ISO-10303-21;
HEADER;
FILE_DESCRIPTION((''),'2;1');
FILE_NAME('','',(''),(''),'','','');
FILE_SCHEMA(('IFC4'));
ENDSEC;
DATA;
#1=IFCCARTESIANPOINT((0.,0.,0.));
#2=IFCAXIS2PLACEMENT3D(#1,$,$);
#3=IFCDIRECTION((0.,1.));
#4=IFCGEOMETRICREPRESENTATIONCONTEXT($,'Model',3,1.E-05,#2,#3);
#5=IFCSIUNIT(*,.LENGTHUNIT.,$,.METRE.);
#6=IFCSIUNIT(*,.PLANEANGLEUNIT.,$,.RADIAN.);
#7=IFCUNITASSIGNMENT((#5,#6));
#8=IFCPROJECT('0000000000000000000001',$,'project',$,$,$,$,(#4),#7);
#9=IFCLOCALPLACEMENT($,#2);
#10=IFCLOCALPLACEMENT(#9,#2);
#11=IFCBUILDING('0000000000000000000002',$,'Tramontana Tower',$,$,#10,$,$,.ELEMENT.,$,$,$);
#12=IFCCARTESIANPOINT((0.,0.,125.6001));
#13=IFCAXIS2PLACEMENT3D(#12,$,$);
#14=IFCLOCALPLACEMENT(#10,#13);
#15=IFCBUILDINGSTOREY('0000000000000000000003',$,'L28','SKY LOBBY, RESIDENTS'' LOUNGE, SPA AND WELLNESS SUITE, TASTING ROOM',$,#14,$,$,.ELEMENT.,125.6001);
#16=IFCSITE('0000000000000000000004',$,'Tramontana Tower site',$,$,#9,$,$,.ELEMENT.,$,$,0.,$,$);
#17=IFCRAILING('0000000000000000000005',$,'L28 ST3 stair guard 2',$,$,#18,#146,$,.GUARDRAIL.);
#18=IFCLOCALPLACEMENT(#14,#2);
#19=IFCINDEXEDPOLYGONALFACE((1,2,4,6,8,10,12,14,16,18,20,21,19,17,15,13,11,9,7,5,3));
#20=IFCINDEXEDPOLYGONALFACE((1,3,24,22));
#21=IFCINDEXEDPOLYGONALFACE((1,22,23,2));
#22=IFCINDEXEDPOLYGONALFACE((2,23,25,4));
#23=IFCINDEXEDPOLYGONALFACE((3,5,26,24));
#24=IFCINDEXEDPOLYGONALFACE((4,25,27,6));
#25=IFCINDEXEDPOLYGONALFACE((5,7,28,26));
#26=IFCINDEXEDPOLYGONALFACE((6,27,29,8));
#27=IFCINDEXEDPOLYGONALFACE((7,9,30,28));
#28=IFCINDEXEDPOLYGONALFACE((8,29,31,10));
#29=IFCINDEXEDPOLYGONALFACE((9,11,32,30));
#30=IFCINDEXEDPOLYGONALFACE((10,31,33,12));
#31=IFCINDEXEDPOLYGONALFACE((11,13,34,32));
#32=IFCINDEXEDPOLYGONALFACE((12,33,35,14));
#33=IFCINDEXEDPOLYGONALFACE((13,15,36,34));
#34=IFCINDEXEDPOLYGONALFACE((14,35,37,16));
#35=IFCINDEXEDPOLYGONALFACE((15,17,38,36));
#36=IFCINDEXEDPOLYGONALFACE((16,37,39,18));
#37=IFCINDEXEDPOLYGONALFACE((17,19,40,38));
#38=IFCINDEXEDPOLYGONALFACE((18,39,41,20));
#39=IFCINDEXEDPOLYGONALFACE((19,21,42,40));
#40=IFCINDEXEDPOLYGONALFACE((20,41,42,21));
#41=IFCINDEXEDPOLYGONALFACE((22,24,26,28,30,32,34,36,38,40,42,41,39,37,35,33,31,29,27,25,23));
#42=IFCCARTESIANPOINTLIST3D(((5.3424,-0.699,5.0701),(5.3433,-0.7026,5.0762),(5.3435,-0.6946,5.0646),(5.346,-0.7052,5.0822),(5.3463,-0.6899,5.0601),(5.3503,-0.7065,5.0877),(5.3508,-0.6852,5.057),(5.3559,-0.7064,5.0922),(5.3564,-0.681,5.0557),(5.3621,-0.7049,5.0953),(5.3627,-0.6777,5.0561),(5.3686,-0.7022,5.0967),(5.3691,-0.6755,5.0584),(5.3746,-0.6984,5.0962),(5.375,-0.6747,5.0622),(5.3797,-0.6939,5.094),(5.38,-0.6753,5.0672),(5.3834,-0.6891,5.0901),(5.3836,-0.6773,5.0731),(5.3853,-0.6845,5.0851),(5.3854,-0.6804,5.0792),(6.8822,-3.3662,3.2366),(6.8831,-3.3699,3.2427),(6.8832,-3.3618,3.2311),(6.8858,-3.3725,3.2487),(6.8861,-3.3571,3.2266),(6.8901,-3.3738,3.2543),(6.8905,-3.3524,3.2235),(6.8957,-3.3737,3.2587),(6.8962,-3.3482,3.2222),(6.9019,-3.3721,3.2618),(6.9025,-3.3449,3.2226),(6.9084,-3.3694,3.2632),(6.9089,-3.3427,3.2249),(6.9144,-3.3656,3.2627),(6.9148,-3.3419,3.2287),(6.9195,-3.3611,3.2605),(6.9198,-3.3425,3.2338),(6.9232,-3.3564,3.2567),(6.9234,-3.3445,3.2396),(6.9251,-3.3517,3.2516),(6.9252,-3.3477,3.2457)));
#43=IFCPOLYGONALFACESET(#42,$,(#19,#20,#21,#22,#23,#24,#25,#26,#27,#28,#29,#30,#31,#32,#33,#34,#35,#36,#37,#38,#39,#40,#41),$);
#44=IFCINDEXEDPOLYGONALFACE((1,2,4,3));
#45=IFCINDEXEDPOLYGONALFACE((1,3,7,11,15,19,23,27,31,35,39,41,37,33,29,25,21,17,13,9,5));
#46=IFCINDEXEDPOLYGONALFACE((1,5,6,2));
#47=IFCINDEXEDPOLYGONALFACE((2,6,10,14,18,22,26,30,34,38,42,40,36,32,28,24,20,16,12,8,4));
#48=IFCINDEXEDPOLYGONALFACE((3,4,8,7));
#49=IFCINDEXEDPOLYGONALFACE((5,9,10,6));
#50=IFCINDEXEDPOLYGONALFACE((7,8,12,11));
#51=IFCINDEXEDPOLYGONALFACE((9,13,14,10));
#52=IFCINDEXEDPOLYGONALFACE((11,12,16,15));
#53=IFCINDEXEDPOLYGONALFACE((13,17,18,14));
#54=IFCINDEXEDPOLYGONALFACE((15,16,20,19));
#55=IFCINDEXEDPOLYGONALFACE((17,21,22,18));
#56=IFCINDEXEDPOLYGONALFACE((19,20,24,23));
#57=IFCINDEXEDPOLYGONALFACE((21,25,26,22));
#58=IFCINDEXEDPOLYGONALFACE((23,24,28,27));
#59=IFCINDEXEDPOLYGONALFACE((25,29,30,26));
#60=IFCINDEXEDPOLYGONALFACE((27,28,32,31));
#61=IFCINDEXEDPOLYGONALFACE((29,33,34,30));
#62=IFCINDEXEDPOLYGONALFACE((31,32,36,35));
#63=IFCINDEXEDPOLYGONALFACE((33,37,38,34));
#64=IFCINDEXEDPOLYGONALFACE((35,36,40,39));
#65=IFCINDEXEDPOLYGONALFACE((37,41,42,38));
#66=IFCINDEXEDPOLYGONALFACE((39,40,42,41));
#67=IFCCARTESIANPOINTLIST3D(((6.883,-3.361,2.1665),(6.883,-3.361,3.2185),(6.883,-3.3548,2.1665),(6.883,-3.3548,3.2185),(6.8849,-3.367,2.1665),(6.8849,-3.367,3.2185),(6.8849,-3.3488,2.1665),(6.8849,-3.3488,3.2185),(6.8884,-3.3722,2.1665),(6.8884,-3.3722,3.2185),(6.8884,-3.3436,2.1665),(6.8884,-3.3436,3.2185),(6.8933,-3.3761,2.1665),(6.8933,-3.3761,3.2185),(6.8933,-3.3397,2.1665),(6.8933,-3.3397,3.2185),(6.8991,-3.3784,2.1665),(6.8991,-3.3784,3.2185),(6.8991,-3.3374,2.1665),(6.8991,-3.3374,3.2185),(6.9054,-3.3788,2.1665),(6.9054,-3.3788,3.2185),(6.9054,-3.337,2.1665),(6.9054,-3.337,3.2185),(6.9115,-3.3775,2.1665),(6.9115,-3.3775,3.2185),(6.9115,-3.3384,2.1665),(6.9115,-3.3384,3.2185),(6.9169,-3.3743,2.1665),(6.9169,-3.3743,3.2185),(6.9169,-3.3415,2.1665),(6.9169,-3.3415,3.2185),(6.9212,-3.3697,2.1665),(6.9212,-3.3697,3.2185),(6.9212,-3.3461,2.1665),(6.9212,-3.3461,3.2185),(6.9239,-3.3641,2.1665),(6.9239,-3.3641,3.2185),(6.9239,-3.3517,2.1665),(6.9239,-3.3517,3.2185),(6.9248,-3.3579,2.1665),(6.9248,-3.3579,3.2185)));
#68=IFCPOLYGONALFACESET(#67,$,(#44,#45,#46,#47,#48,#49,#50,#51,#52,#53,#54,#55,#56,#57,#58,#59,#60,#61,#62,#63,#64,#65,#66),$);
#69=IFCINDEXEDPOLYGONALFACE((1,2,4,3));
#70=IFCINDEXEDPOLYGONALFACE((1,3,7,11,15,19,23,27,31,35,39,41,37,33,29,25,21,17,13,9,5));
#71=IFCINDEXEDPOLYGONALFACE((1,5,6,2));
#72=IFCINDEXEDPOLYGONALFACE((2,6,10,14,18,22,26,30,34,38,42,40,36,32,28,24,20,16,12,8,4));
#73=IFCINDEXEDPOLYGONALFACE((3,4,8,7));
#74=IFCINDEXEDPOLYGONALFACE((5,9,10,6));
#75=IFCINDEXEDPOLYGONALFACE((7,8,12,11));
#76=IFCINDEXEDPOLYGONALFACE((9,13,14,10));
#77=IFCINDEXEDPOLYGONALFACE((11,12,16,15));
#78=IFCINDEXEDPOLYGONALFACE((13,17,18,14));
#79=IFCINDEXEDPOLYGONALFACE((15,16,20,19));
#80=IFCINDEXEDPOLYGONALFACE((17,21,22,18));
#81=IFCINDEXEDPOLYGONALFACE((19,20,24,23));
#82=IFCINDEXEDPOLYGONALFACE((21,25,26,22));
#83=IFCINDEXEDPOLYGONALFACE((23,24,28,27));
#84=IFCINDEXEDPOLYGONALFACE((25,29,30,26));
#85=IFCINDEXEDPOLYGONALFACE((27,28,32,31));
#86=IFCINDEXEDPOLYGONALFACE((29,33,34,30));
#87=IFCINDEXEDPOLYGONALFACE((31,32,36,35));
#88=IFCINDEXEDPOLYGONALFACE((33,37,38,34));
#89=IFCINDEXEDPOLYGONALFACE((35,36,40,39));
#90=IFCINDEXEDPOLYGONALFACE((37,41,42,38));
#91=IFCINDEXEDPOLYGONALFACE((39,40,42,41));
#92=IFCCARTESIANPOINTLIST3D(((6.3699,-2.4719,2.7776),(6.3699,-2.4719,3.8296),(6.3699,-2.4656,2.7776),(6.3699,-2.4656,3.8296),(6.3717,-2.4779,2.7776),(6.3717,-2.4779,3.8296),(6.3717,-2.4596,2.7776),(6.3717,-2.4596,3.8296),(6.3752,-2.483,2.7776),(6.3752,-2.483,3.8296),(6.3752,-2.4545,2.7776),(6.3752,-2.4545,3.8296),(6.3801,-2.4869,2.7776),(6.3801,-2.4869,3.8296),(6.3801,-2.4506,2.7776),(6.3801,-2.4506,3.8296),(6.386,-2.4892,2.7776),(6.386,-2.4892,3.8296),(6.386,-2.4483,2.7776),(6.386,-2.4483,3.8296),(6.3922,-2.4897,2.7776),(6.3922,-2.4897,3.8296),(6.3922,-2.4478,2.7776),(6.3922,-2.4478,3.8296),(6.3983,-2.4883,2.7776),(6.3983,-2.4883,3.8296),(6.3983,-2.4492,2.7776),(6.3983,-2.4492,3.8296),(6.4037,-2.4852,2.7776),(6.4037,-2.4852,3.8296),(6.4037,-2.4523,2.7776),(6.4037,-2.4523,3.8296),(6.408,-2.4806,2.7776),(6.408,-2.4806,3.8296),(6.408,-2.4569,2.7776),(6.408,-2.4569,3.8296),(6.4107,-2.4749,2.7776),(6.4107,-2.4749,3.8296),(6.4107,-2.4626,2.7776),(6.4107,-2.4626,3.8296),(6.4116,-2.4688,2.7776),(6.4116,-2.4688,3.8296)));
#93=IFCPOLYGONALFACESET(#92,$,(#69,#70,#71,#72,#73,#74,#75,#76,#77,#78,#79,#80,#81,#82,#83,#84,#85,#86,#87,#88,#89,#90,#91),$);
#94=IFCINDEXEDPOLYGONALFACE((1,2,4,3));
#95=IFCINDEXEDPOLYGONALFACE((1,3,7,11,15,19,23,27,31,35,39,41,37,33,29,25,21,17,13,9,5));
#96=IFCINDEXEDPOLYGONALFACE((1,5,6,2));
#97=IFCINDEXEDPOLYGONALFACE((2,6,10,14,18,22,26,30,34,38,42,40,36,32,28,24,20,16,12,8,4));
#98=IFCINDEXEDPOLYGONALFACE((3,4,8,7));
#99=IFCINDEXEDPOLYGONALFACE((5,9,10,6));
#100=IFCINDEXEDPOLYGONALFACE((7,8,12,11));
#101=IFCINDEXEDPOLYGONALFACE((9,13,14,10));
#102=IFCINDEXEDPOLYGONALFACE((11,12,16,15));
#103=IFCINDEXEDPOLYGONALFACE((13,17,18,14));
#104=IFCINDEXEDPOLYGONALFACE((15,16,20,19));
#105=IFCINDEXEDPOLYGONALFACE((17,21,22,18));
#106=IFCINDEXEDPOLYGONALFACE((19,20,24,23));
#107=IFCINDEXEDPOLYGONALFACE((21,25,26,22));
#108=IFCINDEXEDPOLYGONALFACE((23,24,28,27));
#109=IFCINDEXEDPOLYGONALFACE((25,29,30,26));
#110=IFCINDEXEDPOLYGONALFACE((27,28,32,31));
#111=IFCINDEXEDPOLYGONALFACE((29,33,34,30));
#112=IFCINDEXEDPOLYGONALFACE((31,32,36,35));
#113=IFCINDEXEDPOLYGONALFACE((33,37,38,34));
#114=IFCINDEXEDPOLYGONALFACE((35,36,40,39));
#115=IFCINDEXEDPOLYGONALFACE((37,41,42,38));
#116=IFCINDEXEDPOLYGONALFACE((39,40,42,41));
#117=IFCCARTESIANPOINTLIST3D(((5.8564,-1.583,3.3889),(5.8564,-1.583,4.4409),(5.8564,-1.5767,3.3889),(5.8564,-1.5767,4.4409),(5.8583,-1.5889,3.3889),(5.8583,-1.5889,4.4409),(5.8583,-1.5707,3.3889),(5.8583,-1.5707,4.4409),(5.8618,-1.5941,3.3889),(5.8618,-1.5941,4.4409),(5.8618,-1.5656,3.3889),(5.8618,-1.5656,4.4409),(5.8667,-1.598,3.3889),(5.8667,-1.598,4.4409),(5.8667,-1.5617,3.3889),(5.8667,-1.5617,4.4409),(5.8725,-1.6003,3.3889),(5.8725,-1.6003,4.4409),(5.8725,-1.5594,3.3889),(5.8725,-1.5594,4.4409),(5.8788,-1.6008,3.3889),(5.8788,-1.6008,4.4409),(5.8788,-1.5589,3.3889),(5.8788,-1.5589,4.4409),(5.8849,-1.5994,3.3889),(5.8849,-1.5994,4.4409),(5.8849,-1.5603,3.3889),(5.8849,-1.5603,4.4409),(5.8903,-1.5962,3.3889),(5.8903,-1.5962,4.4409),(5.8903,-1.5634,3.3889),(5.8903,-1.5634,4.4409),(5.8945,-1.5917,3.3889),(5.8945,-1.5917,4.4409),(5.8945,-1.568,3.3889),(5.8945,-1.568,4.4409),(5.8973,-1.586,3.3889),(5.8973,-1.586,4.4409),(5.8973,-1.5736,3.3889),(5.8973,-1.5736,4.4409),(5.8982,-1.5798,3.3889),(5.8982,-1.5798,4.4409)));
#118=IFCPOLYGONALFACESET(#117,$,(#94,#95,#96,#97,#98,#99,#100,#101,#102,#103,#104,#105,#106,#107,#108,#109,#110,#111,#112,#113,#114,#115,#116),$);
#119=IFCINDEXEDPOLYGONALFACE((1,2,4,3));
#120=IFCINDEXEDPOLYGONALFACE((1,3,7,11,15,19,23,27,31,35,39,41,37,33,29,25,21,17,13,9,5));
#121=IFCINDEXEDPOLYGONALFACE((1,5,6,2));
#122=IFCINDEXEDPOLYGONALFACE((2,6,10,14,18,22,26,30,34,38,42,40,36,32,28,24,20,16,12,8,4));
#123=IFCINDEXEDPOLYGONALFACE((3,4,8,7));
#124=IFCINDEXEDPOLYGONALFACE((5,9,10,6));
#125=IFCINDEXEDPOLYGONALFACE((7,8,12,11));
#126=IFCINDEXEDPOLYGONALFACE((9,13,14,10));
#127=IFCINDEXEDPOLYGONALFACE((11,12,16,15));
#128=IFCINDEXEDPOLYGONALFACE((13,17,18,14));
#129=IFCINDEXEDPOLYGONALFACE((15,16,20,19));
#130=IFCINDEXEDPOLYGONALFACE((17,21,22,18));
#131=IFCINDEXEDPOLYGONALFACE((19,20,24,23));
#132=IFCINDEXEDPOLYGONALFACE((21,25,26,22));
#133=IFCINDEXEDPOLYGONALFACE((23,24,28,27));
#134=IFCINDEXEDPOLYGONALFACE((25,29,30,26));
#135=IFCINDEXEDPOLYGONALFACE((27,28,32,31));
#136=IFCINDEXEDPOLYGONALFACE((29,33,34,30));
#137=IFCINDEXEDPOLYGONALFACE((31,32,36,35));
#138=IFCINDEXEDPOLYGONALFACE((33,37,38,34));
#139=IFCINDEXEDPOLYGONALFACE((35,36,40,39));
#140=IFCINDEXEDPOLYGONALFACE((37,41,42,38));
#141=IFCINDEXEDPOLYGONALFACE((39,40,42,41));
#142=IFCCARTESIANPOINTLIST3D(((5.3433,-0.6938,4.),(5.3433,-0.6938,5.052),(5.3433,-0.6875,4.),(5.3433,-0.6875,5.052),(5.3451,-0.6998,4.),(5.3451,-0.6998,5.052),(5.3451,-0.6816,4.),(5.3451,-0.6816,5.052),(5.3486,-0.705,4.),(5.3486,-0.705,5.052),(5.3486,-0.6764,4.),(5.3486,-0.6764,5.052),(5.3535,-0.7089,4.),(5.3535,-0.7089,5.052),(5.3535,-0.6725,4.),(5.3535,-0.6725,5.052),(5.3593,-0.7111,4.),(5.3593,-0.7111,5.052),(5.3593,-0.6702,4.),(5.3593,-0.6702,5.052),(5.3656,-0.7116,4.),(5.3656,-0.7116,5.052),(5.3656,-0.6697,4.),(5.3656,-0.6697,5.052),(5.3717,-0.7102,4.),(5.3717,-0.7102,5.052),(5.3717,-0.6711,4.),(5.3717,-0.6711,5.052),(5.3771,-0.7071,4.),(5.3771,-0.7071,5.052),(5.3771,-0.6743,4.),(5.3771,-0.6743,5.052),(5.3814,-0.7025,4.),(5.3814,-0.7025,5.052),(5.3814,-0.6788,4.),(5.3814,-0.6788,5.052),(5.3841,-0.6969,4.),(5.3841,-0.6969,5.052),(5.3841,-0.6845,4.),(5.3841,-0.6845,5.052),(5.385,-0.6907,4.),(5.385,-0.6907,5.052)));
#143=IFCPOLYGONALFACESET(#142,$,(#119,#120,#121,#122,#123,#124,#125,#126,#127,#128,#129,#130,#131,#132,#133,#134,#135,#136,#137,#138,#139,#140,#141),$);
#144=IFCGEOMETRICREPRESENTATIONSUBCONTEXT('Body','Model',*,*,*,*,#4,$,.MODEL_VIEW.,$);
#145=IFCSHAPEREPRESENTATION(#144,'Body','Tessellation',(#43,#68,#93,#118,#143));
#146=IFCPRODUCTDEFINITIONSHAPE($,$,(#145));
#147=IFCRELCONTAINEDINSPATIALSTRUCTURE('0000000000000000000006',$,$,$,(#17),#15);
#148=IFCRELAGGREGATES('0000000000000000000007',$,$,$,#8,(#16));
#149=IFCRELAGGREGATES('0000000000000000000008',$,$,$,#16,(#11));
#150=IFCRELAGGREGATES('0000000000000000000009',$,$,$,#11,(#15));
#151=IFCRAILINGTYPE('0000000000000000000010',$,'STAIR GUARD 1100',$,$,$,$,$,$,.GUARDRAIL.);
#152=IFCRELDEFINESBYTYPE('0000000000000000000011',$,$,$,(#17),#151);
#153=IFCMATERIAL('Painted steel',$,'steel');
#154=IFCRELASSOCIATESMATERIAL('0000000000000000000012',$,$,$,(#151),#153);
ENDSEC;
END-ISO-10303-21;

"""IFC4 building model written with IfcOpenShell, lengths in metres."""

from ifc_helpers import new_model, si_unit, direction, frame, origin, origin_2d, place, context, subcontext, project, spatial, circle, extrude, material, type_object, element, save


model = new_model("IFC4")

# Units and contexts
model_context = context("Model", 3, precision=1e-05, world=origin(), true_north=direction((0.0, 1.0)))
body_context = subcontext(model_context, "Body", "Model", "MODEL_VIEW")
ifc_project = project(units=[si_unit("LENGTHUNIT", "METRE"), si_unit("PLANEANGLEUNIT", "RADIAN")], contexts=[model_context])

# Site, building, storey
site_placement = place(None, origin())
site = spatial("IfcSite", under=ifc_project, at=site_placement, Name="Tramontana Tower site", CompositionType="ELEMENT", RefElevation=0.0)
building_placement = place(site_placement, origin())
building = spatial("IfcBuilding", under=site, at=building_placement, Name="Tramontana Tower", CompositionType="ELEMENT")
storey_placement = place(building_placement, frame((0.0, 0.0, 125.6001)))
storey = spatial("IfcBuildingStorey", under=building, at=storey_placement, Name="L28", Description="SKY LOBBY, RESIDENTS' LOUNGE, SPA AND WELLNESS SUITE, TASTING ROOM", CompositionType="ELEMENT", Elevation=125.6001)

# Railing
ifc_material_1 = material(Name="Painted steel", Category="steel")
railing_type_1 = type_object("IfcRailingType", Name="STAIR GUARD 1100", PredefinedType="GUARDRAIL", material=ifc_material_1)
railing_1_placement = place(storey_placement, frame((6.9038, -3.3579, 2.1665)))
element("IfcRailing", 1, at=railing_1_placement, inside=storey, type_object=railing_type_1, Name="L28 ST3 stair guard 2", PredefinedType="GUARDRAIL", context=body_context, shape_type="SweptSolid", body=[
    extrude(circle(Radius=0.0239, at=origin_2d()), frame((0.0, 0.0, 1.0762), z_axis=(-0.429601, 0.744155, 0.511543), x_axis=(-0.866044, -0.499967, 0.0)), (0.0, 0.0, 1.0), 3.5842),
    extrude(circle(Radius=0.021, at=origin_2d()), origin(), (0.0, 0.0, 1.0), 1.052),
    extrude(circle(Radius=0.021, at=origin_2d()), frame((-0.5132, 0.8892, 0.6111)), (0.0, 0.0, 1.0), 1.052),
    extrude(circle(Radius=0.021, at=origin_2d()), frame((-1.0266, 1.7781, 1.2224)), (0.0, 0.0, 1.0), 1.052),
    extrude(circle(Radius=0.021, at=origin_2d()), frame((-1.5398, 2.6672, 1.8335)), (0.0, 0.0, 1.0), 1.052),
])

save(model, "model.ifc")
